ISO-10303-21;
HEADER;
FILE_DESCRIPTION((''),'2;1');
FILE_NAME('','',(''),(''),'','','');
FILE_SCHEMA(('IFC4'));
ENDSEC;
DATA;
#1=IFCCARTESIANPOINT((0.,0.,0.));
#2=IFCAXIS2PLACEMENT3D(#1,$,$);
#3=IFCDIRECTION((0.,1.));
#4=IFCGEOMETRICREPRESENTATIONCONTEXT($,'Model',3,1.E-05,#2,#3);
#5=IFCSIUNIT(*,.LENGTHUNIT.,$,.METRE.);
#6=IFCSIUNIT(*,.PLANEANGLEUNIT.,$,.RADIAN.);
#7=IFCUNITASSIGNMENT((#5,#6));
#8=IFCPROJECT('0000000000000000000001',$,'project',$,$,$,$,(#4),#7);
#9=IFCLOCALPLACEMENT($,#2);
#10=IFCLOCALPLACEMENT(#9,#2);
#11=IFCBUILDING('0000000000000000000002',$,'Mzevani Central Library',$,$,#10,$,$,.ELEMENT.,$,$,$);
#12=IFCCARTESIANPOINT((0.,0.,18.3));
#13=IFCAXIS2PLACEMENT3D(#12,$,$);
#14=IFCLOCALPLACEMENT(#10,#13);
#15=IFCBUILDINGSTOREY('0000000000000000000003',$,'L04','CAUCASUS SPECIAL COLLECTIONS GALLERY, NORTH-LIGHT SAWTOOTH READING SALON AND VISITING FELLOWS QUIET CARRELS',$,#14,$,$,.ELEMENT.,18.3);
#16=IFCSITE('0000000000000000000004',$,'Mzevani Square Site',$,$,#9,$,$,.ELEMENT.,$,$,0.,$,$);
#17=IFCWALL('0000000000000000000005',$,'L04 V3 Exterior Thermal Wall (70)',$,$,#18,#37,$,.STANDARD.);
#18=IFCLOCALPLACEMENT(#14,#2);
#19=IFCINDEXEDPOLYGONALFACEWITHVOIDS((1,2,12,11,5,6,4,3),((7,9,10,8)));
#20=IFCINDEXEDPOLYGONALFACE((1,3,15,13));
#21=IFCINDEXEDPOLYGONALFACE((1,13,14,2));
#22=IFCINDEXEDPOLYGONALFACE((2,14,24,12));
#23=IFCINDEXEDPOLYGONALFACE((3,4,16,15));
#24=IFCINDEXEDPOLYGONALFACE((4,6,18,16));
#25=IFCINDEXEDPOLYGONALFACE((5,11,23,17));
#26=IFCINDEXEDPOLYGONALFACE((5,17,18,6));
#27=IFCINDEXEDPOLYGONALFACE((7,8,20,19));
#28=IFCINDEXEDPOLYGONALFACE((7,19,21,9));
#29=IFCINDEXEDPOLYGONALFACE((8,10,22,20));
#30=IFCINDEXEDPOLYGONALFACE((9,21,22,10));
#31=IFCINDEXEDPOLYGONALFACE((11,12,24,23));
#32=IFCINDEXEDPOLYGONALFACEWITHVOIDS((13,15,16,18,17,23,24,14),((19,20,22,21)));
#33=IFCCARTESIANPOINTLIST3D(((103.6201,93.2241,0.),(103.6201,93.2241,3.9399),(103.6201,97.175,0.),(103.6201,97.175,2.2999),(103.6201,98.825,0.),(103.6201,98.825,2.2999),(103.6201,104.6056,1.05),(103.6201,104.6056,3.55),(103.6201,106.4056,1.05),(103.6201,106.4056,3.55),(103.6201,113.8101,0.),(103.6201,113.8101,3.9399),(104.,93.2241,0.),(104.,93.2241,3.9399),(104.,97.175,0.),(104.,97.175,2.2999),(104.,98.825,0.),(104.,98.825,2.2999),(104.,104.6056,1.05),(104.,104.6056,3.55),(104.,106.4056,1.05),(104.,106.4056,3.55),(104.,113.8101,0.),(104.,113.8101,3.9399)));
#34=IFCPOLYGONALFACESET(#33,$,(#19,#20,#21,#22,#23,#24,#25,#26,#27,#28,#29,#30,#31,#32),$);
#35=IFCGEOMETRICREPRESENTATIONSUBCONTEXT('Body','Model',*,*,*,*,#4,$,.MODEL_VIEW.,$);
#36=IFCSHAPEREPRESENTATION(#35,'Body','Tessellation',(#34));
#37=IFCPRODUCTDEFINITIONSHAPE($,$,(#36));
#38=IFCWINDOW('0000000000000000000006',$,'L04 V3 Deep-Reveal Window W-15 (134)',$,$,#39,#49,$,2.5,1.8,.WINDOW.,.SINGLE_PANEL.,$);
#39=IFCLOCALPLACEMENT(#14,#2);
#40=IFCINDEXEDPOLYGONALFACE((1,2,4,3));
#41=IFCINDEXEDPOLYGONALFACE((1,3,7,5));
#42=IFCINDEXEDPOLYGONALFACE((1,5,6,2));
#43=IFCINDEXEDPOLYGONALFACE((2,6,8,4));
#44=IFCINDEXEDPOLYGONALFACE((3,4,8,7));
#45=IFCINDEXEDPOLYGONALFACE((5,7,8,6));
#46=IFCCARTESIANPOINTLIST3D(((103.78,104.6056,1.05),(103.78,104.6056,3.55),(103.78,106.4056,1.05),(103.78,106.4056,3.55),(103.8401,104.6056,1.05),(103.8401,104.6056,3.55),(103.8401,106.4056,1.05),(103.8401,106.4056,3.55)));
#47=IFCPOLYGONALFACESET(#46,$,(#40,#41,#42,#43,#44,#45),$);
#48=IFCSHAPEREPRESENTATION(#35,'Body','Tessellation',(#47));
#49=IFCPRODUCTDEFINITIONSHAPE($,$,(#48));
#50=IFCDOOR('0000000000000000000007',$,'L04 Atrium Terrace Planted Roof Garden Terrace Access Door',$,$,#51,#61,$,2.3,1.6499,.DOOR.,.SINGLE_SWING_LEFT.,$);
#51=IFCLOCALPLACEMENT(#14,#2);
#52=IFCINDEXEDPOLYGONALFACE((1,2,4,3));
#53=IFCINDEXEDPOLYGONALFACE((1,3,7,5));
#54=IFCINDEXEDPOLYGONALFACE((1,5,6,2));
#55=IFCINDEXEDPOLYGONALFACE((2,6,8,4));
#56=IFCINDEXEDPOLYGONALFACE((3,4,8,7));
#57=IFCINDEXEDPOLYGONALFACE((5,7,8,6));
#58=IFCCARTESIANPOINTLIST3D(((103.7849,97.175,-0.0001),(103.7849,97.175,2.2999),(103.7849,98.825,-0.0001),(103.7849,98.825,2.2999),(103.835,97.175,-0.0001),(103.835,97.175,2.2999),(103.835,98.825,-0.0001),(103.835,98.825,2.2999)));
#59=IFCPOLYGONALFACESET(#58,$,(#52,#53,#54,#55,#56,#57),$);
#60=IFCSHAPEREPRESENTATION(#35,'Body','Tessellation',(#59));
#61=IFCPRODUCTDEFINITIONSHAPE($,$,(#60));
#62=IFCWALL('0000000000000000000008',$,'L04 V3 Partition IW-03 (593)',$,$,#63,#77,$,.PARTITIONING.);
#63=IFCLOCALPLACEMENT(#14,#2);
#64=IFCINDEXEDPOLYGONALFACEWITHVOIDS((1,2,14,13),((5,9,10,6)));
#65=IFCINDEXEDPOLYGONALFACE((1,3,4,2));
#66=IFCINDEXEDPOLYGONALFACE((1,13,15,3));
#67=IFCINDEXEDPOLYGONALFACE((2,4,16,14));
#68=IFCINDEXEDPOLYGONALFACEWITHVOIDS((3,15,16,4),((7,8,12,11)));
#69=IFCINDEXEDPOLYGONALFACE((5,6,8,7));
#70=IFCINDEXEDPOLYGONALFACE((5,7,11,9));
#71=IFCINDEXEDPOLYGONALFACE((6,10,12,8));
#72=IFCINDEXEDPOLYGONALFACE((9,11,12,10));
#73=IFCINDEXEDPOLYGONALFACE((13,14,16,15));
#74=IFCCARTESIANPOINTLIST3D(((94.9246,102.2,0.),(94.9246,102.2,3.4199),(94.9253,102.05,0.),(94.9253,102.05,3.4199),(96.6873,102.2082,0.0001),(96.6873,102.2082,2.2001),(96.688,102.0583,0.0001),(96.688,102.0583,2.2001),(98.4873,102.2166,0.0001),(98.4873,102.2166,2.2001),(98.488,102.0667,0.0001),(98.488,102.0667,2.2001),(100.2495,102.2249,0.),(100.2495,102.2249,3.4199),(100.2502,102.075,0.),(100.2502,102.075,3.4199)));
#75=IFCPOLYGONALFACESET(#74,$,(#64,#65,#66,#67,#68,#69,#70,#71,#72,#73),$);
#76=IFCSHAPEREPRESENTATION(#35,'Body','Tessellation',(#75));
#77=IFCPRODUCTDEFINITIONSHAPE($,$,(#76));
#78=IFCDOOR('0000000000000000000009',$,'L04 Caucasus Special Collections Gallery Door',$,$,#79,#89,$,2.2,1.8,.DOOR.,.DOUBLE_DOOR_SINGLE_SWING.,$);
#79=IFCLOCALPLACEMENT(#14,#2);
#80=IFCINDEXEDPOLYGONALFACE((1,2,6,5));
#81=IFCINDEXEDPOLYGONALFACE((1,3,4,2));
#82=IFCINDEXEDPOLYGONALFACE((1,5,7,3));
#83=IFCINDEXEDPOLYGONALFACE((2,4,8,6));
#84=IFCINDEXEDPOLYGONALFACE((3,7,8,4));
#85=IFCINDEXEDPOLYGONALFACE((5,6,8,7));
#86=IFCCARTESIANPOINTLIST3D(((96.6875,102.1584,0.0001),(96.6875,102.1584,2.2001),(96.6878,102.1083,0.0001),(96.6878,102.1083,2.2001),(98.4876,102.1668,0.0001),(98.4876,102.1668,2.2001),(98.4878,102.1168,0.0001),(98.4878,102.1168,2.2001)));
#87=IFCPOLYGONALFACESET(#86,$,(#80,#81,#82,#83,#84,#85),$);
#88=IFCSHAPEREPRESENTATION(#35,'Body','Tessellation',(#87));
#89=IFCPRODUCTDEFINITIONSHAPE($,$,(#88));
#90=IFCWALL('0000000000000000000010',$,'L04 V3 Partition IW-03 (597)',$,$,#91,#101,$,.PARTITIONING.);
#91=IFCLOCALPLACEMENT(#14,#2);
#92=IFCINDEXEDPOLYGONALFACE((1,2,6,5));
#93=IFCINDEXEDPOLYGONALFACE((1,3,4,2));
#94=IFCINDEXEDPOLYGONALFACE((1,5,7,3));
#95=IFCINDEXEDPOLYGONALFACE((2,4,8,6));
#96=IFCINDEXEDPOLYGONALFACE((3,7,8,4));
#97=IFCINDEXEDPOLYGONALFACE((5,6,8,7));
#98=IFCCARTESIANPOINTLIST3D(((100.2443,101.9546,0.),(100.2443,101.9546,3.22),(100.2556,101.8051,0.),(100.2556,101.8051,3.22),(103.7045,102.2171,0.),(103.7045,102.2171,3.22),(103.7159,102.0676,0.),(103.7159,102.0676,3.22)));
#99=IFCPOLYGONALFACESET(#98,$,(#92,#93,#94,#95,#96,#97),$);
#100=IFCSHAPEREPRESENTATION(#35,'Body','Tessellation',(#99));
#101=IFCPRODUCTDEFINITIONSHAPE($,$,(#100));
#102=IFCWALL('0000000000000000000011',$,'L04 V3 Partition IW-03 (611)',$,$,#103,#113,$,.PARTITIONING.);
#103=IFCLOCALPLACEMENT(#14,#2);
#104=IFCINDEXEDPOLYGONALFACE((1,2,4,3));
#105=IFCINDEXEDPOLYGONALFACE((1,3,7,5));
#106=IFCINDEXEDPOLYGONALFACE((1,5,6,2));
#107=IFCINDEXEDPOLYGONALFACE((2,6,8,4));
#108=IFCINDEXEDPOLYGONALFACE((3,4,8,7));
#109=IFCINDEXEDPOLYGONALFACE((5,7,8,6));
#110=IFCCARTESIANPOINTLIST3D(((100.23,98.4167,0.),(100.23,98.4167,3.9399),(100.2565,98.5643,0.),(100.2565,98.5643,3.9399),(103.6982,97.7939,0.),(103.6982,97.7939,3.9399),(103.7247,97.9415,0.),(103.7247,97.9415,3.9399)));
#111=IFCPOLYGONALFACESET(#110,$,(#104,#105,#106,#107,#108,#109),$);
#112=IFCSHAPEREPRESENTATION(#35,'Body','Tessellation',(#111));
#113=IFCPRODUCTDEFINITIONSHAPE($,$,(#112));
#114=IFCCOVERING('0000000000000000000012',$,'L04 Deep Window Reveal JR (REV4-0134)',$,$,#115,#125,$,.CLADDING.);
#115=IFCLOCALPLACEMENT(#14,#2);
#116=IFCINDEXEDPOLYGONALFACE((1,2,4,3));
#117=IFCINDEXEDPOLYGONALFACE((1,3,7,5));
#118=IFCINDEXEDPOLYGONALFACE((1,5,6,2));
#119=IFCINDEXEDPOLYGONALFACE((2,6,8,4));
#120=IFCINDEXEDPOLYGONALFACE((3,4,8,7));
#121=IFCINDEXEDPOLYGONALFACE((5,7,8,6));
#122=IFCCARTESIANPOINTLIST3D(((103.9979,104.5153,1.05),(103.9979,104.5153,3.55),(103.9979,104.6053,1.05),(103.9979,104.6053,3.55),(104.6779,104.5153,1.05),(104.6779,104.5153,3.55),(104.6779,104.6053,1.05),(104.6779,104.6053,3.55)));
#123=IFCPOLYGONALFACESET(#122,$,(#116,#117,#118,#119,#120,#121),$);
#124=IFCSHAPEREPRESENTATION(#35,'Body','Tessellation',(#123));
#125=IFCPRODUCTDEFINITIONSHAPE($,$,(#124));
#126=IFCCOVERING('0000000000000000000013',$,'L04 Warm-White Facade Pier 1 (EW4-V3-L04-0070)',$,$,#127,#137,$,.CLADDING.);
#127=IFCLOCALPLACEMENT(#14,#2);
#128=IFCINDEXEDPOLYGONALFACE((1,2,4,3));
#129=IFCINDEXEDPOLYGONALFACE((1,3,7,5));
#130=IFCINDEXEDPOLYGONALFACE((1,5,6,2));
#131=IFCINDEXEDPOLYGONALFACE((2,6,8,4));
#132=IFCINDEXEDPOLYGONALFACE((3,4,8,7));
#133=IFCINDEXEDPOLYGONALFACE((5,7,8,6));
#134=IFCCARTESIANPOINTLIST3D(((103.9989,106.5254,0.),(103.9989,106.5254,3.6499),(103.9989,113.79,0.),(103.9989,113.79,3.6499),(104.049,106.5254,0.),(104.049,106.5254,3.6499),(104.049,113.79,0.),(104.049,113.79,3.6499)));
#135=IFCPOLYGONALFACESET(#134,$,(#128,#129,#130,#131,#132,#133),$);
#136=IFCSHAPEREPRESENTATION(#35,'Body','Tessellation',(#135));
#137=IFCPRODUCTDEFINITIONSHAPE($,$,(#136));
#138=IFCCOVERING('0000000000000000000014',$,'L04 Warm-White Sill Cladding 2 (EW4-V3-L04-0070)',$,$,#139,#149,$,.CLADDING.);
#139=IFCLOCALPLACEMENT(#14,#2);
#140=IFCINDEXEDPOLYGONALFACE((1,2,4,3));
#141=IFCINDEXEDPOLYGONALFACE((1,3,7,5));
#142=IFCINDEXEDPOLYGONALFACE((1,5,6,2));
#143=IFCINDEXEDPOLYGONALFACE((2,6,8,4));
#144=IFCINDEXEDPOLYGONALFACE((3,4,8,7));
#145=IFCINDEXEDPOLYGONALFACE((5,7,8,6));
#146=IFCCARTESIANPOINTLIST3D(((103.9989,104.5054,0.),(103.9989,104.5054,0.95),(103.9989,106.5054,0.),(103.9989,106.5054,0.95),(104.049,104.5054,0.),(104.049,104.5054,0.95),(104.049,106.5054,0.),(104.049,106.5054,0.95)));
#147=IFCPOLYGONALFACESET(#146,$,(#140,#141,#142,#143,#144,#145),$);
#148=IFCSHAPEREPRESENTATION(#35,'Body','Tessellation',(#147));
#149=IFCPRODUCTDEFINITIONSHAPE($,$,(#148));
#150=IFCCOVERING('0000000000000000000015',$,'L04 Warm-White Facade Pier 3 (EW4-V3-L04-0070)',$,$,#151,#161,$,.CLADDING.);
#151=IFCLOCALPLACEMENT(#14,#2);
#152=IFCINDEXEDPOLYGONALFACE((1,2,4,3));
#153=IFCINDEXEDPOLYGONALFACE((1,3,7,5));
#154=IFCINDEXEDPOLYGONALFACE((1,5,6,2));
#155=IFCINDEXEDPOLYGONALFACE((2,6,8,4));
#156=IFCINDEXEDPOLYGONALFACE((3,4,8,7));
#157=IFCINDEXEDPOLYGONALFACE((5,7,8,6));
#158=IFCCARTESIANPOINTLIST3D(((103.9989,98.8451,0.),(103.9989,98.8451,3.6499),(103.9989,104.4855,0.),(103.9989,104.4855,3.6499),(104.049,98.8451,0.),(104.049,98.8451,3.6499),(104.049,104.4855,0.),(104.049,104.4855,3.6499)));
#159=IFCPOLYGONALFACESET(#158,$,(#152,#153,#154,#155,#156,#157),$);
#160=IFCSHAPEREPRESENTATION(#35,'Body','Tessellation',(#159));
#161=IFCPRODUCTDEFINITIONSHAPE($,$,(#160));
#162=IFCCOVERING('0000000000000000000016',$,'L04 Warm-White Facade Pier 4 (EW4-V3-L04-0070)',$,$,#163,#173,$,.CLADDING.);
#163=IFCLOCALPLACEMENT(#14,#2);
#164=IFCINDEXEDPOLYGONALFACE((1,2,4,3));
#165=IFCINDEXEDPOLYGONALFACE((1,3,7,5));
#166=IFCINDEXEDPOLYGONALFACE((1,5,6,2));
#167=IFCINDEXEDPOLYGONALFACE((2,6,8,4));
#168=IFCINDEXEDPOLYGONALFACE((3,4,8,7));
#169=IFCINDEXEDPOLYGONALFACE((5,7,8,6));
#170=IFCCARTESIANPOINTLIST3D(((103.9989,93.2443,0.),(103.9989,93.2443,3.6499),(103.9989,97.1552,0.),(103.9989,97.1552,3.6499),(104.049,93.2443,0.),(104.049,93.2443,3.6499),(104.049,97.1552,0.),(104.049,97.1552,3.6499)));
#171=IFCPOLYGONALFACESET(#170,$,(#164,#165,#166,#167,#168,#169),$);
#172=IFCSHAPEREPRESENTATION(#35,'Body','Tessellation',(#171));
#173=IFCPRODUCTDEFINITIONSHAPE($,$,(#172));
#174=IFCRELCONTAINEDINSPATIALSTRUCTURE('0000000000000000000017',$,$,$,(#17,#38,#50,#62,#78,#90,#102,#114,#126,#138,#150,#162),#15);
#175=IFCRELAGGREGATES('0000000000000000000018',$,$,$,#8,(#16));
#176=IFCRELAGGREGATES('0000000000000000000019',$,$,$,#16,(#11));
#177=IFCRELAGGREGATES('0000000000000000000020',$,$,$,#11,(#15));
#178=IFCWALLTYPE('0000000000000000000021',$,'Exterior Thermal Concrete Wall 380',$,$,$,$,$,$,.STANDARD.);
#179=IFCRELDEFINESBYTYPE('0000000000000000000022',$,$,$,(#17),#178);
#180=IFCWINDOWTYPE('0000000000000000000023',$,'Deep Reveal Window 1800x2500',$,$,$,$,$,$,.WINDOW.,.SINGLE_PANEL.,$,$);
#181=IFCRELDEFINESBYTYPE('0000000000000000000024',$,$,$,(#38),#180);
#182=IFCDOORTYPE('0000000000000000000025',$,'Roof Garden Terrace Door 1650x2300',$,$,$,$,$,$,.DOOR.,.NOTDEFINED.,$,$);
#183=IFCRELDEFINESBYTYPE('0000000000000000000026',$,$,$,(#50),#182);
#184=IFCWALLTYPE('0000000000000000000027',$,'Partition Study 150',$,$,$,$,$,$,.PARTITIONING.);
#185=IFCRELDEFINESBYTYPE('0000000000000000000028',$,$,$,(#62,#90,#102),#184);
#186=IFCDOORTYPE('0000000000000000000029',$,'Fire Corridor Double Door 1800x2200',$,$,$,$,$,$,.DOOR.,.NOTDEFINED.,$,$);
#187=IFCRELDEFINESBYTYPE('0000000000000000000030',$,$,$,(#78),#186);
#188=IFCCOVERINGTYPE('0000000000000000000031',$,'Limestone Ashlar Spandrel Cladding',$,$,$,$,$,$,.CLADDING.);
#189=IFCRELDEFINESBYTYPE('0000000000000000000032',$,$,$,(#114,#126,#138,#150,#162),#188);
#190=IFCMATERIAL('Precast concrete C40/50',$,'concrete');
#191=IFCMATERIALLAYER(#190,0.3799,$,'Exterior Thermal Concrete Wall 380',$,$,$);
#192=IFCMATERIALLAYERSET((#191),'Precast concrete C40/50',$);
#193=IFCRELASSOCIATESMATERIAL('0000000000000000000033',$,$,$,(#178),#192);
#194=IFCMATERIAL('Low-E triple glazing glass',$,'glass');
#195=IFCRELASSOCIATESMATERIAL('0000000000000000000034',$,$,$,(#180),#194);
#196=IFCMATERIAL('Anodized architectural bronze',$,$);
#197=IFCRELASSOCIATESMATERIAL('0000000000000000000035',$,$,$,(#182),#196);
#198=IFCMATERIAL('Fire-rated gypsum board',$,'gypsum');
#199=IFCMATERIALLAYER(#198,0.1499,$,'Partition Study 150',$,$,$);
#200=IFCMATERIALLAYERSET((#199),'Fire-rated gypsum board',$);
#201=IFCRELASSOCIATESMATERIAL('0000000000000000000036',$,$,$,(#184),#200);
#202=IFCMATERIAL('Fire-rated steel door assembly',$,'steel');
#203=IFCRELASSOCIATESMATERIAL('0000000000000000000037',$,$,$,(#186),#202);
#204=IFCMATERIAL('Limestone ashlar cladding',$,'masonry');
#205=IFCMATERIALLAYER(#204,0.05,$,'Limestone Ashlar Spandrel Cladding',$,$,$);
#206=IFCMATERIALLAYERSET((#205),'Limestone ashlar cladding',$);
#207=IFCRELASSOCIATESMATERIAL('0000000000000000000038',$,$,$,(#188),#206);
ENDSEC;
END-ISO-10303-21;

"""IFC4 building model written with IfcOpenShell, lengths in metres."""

from ifc_helpers import new_model, si_unit, direction, frame, frame_2d, origin, origin_2d, place, context, subcontext, project, spatial, rectangle, extrude, material, layer, layer_set, type_object, element, fill, save


model = new_model("IFC4")

# Units and contexts
model_context = context("Model", 3, precision=1e-05, world=origin(), true_north=direction((0.0, 1.0)))
body_context = subcontext(model_context, "Body", "Model", "MODEL_VIEW")
ifc_project = project(units=[si_unit("LENGTHUNIT", "METRE"), si_unit("PLANEANGLEUNIT", "RADIAN")], contexts=[model_context])

# Site, building, storey
site_placement = place(None, origin())
site = spatial("IfcSite", under=ifc_project, at=site_placement, Name="Mzevani Square Site", CompositionType="ELEMENT", RefElevation=0.0)
building_placement = place(site_placement, origin())
building = spatial("IfcBuilding", under=site, at=building_placement, Name="Mzevani Central Library", CompositionType="ELEMENT")
storey_placement = place(building_placement, frame((0.0, 0.0, 18.3)))
storey = spatial("IfcBuildingStorey", under=building, at=storey_placement, Name="L04", Description="CAUCASUS SPECIAL COLLECTIONS GALLERY, NORTH-LIGHT SAWTOOTH READING SALON AND VISITING FELLOWS QUIET CARRELS", CompositionType="ELEMENT", Elevation=18.3)

# Shared definitions
ifc_material_1 = material(Name="Precast concrete C40/50", Category="concrete")

# Wall, openings, window, door
ifc_layer_1 = layer(ifc_material_1, 0.3799, Name="Exterior Thermal Concrete Wall 380")
ifc_layer_set_1 = layer_set([ifc_layer_1], Name="Precast concrete C40/50")
wall_type_1 = type_object("IfcWallType", Name="Exterior Thermal Concrete Wall 380", PredefinedType="STANDARD", material=ifc_layer_set_1)
wall_1_placement = place(storey_placement, frame((103.8101, 113.8101, 0.0), z_axis=(0.0, 0.0, 1.0), x_axis=(0.0, -1.0, 0.0)))
wall_1 = element("IfcWall", 1, at=wall_1_placement, inside=storey, type_object=wall_type_1, Name="L04 V3 Exterior Thermal Wall (70)", PredefinedType="STANDARD", context=body_context, shape_type="SweptSolid", body=[
    extrude(rectangle(XDim=20.5859, YDim=0.3799, at=frame_2d((10.293, 0.0))), origin(), (0.0, 0.0, 1.0), 3.9399),
])
opening_1_placement = place(wall_1_placement, frame((14.9851, 0.0, 0.0)))
opening_1 = element("IfcOpeningElement", 2, at=opening_1_placement, cuts=wall_1, PredefinedType="OPENING", context=body_context, shape_type="SweptSolid", body=[
    extrude(rectangle(XDim=1.6499, YDim=2.3, at=frame_2d((0.825, 1.1499))), frame((0.0, 0.2, 0.0), z_axis=(0.0, -1.0, 0.0), x_axis=(1.0, 0.0, 0.0)), (0.0, 0.0, 1.0), 0.3999),
])
opening_2_placement = place(wall_1_placement, frame((7.4045, 0.0, 1.05)))
opening_2 = element("IfcOpeningElement", 3, at=opening_2_placement, cuts=wall_1, PredefinedType="OPENING", context=body_context, shape_type="SweptSolid", body=[
    extrude(rectangle(XDim=1.8, YDim=2.5, at=frame_2d((0.8999, 1.25))), frame((0.0, 0.2, 0.0), z_axis=(0.0, -1.0, 0.0), x_axis=(1.0, 0.0, 0.0)), (0.0, 0.0, 1.0), 0.3999),
])
ifc_material_2 = material(Name="Low-E triple glazing glass", Category="glass")
window_type = type_object("IfcWindowType", Name="Deep Reveal Window 1800x2500", PartitioningType="SINGLE_PANEL", PredefinedType="WINDOW", material=ifc_material_2)
window_placement = place(opening_2_placement, origin())
window = element("IfcWindow", 4, at=window_placement, inside=storey, type_object=window_type, Name="L04 V3 Deep-Reveal Window W-15 (134)", OverallHeight=2.5, OverallWidth=1.8, PartitioningType="SINGLE_PANEL", PredefinedType="WINDOW", context=body_context, shape_type="SweptSolid", body=[
    extrude(rectangle(XDim=1.8, YDim=2.5, at=frame_2d((0.8999, 1.25))), frame((0.0, 0.03, 0.0), z_axis=(0.0, -1.0, 0.0), x_axis=(1.0, 0.0, 0.0)), (0.0, 0.0, 1.0), 0.0601),
])
fill(opening_2, window)
ifc_material_3 = material(Name="Anodized architectural bronze")
door_type_1 = type_object("IfcDoorType", Name="Roof Garden Terrace Door 1650x2300", OperationType="NOTDEFINED", PredefinedType="DOOR", material=ifc_material_3)
door_1_placement = place(opening_1_placement, origin())
door_1 = element("IfcDoor", 5, at=door_1_placement, inside=storey, type_object=door_type_1, Name="L04 Atrium Terrace Planted Roof Garden Terrace Access Door", OperationType="SINGLE_SWING_LEFT", OverallHeight=2.3, OverallWidth=1.6499, PredefinedType="DOOR", context=body_context, shape_type="SweptSolid", body=[
    extrude(rectangle(XDim=1.6499, YDim=2.3, at=frame_2d((0.825, 1.1499))), frame((0.0, 0.0249, 0.0), z_axis=(0.0, -1.0, 0.0), x_axis=(1.0, 0.0, 0.0)), (0.0, 0.0, 1.0), 0.05),
])
fill(opening_1, door_1)

# Wall, opening, door
ifc_material_4 = material(Name="Fire-rated gypsum board", Category="gypsum")
ifc_layer_2 = layer(ifc_material_4, 0.1499, Name="Partition Study 150")
ifc_layer_set_2 = layer_set([ifc_layer_2], Name="Fire-rated gypsum board")
wall_type_2 = type_object("IfcWallType", Name="Partition Study 150", PredefinedType="PARTITIONING", material=ifc_layer_set_2)
wall_2_placement = place(storey_placement, frame((100.25, 102.1499, 0.0), z_axis=(0.0, 0.0, 1.0), x_axis=(-0.999989, -0.004676, 0.0)))
wall_2 = element("IfcWall", 6, at=wall_2_placement, inside=storey, type_object=wall_type_2, Name="L04 V3 Partition IW-03 (593)", PredefinedType="PARTITIONING", context=body_context, shape_type="SweptSolid", body=[
    extrude(rectangle(XDim=5.325, YDim=0.1499, at=frame_2d((2.6626, 0.0))), origin(), (0.0, 0.0, 1.0), 3.4199),
])
opening_3_placement = place(wall_2_placement, frame((1.7625, 0.0, 0.0)))
opening_3 = element("IfcOpeningElement", 7, at=opening_3_placement, cuts=wall_2, PredefinedType="OPENING", context=body_context, shape_type="SweptSolid", body=[
    extrude(rectangle(XDim=1.8, YDim=2.2, at=frame_2d((0.8999, 1.1001))), frame((0.0, 0.085, 0.0), z_axis=(0.0, -1.0, 0.0), x_axis=(1.0, 0.0, 0.0)), (0.0, 0.0, 1.0), 0.1699),
])
ifc_material_5 = material(Name="Fire-rated steel door assembly", Category="steel")
door_type_2 = type_object("IfcDoorType", Name="Fire Corridor Double Door 1800x2200", OperationType="NOTDEFINED", PredefinedType="DOOR", material=ifc_material_5)
door_2_placement = place(opening_3_placement, origin())
door_2 = element("IfcDoor", 8, at=door_2_placement, inside=storey, type_object=door_type_2, Name="L04 Caucasus Special Collections Gallery Door", OperationType="DOUBLE_DOOR_SINGLE_SWING", OverallHeight=2.2, OverallWidth=1.8, PredefinedType="DOOR", context=body_context, shape_type="SweptSolid", body=[
    extrude(rectangle(XDim=1.8, YDim=2.2, at=frame_2d((0.8999, 1.1001))), frame((0.0, 0.0249, 0.0), z_axis=(0.0, -1.0, 0.0), x_axis=(1.0, 0.0, 0.0)), (0.0, 0.0, 1.0), 0.05),
])
fill(opening_3, door_2)

# Walls
wall_3_placement = place(storey_placement, frame((103.7102, 102.1423, 0.0), z_axis=(0.0, 0.0, 1.0), x_axis=(-0.997136, -0.075631, 0.0)))
element("IfcWall", 9, at=wall_3_placement, inside=storey, type_object=wall_type_2, Name="L04 V3 Partition IW-03 (597)", PredefinedType="PARTITIONING", context=body_context, shape_type="SweptSolid", body=[
    extrude(rectangle(XDim=3.4702, YDim=0.1499, at=frame_2d((1.7351, 0.0))), origin(), (0.0, 0.0, 1.0), 3.22),
])
wall_4_placement = place(storey_placement, frame((100.2434, 98.4905, 0.0), z_axis=(0.0, 0.0, 1.0), x_axis=(0.984257, -0.176745, 0.0)))
element("IfcWall", 10, at=wall_4_placement, inside=storey, type_object=wall_type_2, Name="L04 V3 Partition IW-03 (611)", PredefinedType="PARTITIONING", context=body_context, shape_type="SweptSolid", body=[
    extrude(rectangle(XDim=3.5237, YDim=0.1499, at=frame_2d((1.7617, 0.0))), origin(), (0.0, 0.0, 1.0), 3.9399),
])

# Coverings
ifc_material_6 = material(Name="Limestone ashlar cladding", Category="masonry")
ifc_layer_3 = layer(ifc_material_6, 0.05, Name="Limestone Ashlar Spandrel Cladding")
ifc_layer_set_3 = layer_set([ifc_layer_3], Name="Limestone ashlar cladding")
covering_type = type_object("IfcCoveringType", Name="Limestone Ashlar Spandrel Cladding", PredefinedType="CLADDING", material=ifc_layer_set_3)
covering_1_placement = place(storey_placement, frame((104.3379, 104.5603, 1.05), z_axis=(0.0, 0.0, 1.0), x_axis=(0.0, -1.0, 0.0)))
element("IfcCovering", 11, at=covering_1_placement, inside=storey, type_object=covering_type, Name="L04 Deep Window Reveal JR (REV4-0134)", PredefinedType="CLADDING", context=body_context, shape_type="SweptSolid", body=[
    extrude(rectangle(XDim=0.0901, YDim=0.6799, at=origin_2d()), origin(), (0.0, 0.0, 1.0), 2.5),
])
covering_2_placement = place(storey_placement, frame((104.0239, 110.1577, 0.0), z_axis=(0.0, 0.0, 1.0), x_axis=(0.0, -1.0, 0.0)))
element("IfcCovering", 12, at=covering_2_placement, inside=storey, type_object=covering_type, Name="L04 Warm-White Facade Pier 1 (EW4-V3-L04-0070)", PredefinedType="CLADDING", context=body_context, shape_type="SweptSolid", body=[
    extrude(rectangle(XDim=7.2646, YDim=0.05, at=origin_2d()), origin(), (0.0, 0.0, 1.0), 3.6499),
])
covering_3_placement = place(storey_placement, frame((104.0239, 105.5054, 0.0), z_axis=(0.0, 0.0, 1.0), x_axis=(0.0, -1.0, 0.0)))
element("IfcCovering", 13, at=covering_3_placement, inside=storey, type_object=covering_type, Name="L04 Warm-White Sill Cladding 2 (EW4-V3-L04-0070)", PredefinedType="CLADDING", context=body_context, shape_type="SweptSolid", body=[
    extrude(rectangle(XDim=2.0, YDim=0.05, at=origin_2d()), origin(), (0.0, 0.0, 1.0), 0.95),
])
covering_4_placement = place(storey_placement, frame((104.0239, 101.6653, 0.0), z_axis=(0.0, 0.0, 1.0), x_axis=(0.0, -1.0, 0.0)))
element("IfcCovering", 14, at=covering_4_placement, inside=storey, type_object=covering_type, Name="L04 Warm-White Facade Pier 3 (EW4-V3-L04-0070)", PredefinedType="CLADDING", context=body_context, shape_type="SweptSolid", body=[
    extrude(rectangle(XDim=5.6404, YDim=0.05, at=origin_2d()), origin(), (0.0, 0.0, 1.0), 3.6499),
])
covering_5_placement = place(storey_placement, frame((104.0239, 95.1997, 0.0), z_axis=(0.0, 0.0, 1.0), x_axis=(0.0, -1.0, 0.0)))
element("IfcCovering", 15, at=covering_5_placement, inside=storey, type_object=covering_type, Name="L04 Warm-White Facade Pier 4 (EW4-V3-L04-0070)", PredefinedType="CLADDING", context=body_context, shape_type="SweptSolid", body=[
    extrude(rectangle(XDim=3.9109, YDim=0.05, at=origin_2d()), origin(), (0.0, 0.0, 1.0), 3.6499),
])

save(model, "model.ifc")
